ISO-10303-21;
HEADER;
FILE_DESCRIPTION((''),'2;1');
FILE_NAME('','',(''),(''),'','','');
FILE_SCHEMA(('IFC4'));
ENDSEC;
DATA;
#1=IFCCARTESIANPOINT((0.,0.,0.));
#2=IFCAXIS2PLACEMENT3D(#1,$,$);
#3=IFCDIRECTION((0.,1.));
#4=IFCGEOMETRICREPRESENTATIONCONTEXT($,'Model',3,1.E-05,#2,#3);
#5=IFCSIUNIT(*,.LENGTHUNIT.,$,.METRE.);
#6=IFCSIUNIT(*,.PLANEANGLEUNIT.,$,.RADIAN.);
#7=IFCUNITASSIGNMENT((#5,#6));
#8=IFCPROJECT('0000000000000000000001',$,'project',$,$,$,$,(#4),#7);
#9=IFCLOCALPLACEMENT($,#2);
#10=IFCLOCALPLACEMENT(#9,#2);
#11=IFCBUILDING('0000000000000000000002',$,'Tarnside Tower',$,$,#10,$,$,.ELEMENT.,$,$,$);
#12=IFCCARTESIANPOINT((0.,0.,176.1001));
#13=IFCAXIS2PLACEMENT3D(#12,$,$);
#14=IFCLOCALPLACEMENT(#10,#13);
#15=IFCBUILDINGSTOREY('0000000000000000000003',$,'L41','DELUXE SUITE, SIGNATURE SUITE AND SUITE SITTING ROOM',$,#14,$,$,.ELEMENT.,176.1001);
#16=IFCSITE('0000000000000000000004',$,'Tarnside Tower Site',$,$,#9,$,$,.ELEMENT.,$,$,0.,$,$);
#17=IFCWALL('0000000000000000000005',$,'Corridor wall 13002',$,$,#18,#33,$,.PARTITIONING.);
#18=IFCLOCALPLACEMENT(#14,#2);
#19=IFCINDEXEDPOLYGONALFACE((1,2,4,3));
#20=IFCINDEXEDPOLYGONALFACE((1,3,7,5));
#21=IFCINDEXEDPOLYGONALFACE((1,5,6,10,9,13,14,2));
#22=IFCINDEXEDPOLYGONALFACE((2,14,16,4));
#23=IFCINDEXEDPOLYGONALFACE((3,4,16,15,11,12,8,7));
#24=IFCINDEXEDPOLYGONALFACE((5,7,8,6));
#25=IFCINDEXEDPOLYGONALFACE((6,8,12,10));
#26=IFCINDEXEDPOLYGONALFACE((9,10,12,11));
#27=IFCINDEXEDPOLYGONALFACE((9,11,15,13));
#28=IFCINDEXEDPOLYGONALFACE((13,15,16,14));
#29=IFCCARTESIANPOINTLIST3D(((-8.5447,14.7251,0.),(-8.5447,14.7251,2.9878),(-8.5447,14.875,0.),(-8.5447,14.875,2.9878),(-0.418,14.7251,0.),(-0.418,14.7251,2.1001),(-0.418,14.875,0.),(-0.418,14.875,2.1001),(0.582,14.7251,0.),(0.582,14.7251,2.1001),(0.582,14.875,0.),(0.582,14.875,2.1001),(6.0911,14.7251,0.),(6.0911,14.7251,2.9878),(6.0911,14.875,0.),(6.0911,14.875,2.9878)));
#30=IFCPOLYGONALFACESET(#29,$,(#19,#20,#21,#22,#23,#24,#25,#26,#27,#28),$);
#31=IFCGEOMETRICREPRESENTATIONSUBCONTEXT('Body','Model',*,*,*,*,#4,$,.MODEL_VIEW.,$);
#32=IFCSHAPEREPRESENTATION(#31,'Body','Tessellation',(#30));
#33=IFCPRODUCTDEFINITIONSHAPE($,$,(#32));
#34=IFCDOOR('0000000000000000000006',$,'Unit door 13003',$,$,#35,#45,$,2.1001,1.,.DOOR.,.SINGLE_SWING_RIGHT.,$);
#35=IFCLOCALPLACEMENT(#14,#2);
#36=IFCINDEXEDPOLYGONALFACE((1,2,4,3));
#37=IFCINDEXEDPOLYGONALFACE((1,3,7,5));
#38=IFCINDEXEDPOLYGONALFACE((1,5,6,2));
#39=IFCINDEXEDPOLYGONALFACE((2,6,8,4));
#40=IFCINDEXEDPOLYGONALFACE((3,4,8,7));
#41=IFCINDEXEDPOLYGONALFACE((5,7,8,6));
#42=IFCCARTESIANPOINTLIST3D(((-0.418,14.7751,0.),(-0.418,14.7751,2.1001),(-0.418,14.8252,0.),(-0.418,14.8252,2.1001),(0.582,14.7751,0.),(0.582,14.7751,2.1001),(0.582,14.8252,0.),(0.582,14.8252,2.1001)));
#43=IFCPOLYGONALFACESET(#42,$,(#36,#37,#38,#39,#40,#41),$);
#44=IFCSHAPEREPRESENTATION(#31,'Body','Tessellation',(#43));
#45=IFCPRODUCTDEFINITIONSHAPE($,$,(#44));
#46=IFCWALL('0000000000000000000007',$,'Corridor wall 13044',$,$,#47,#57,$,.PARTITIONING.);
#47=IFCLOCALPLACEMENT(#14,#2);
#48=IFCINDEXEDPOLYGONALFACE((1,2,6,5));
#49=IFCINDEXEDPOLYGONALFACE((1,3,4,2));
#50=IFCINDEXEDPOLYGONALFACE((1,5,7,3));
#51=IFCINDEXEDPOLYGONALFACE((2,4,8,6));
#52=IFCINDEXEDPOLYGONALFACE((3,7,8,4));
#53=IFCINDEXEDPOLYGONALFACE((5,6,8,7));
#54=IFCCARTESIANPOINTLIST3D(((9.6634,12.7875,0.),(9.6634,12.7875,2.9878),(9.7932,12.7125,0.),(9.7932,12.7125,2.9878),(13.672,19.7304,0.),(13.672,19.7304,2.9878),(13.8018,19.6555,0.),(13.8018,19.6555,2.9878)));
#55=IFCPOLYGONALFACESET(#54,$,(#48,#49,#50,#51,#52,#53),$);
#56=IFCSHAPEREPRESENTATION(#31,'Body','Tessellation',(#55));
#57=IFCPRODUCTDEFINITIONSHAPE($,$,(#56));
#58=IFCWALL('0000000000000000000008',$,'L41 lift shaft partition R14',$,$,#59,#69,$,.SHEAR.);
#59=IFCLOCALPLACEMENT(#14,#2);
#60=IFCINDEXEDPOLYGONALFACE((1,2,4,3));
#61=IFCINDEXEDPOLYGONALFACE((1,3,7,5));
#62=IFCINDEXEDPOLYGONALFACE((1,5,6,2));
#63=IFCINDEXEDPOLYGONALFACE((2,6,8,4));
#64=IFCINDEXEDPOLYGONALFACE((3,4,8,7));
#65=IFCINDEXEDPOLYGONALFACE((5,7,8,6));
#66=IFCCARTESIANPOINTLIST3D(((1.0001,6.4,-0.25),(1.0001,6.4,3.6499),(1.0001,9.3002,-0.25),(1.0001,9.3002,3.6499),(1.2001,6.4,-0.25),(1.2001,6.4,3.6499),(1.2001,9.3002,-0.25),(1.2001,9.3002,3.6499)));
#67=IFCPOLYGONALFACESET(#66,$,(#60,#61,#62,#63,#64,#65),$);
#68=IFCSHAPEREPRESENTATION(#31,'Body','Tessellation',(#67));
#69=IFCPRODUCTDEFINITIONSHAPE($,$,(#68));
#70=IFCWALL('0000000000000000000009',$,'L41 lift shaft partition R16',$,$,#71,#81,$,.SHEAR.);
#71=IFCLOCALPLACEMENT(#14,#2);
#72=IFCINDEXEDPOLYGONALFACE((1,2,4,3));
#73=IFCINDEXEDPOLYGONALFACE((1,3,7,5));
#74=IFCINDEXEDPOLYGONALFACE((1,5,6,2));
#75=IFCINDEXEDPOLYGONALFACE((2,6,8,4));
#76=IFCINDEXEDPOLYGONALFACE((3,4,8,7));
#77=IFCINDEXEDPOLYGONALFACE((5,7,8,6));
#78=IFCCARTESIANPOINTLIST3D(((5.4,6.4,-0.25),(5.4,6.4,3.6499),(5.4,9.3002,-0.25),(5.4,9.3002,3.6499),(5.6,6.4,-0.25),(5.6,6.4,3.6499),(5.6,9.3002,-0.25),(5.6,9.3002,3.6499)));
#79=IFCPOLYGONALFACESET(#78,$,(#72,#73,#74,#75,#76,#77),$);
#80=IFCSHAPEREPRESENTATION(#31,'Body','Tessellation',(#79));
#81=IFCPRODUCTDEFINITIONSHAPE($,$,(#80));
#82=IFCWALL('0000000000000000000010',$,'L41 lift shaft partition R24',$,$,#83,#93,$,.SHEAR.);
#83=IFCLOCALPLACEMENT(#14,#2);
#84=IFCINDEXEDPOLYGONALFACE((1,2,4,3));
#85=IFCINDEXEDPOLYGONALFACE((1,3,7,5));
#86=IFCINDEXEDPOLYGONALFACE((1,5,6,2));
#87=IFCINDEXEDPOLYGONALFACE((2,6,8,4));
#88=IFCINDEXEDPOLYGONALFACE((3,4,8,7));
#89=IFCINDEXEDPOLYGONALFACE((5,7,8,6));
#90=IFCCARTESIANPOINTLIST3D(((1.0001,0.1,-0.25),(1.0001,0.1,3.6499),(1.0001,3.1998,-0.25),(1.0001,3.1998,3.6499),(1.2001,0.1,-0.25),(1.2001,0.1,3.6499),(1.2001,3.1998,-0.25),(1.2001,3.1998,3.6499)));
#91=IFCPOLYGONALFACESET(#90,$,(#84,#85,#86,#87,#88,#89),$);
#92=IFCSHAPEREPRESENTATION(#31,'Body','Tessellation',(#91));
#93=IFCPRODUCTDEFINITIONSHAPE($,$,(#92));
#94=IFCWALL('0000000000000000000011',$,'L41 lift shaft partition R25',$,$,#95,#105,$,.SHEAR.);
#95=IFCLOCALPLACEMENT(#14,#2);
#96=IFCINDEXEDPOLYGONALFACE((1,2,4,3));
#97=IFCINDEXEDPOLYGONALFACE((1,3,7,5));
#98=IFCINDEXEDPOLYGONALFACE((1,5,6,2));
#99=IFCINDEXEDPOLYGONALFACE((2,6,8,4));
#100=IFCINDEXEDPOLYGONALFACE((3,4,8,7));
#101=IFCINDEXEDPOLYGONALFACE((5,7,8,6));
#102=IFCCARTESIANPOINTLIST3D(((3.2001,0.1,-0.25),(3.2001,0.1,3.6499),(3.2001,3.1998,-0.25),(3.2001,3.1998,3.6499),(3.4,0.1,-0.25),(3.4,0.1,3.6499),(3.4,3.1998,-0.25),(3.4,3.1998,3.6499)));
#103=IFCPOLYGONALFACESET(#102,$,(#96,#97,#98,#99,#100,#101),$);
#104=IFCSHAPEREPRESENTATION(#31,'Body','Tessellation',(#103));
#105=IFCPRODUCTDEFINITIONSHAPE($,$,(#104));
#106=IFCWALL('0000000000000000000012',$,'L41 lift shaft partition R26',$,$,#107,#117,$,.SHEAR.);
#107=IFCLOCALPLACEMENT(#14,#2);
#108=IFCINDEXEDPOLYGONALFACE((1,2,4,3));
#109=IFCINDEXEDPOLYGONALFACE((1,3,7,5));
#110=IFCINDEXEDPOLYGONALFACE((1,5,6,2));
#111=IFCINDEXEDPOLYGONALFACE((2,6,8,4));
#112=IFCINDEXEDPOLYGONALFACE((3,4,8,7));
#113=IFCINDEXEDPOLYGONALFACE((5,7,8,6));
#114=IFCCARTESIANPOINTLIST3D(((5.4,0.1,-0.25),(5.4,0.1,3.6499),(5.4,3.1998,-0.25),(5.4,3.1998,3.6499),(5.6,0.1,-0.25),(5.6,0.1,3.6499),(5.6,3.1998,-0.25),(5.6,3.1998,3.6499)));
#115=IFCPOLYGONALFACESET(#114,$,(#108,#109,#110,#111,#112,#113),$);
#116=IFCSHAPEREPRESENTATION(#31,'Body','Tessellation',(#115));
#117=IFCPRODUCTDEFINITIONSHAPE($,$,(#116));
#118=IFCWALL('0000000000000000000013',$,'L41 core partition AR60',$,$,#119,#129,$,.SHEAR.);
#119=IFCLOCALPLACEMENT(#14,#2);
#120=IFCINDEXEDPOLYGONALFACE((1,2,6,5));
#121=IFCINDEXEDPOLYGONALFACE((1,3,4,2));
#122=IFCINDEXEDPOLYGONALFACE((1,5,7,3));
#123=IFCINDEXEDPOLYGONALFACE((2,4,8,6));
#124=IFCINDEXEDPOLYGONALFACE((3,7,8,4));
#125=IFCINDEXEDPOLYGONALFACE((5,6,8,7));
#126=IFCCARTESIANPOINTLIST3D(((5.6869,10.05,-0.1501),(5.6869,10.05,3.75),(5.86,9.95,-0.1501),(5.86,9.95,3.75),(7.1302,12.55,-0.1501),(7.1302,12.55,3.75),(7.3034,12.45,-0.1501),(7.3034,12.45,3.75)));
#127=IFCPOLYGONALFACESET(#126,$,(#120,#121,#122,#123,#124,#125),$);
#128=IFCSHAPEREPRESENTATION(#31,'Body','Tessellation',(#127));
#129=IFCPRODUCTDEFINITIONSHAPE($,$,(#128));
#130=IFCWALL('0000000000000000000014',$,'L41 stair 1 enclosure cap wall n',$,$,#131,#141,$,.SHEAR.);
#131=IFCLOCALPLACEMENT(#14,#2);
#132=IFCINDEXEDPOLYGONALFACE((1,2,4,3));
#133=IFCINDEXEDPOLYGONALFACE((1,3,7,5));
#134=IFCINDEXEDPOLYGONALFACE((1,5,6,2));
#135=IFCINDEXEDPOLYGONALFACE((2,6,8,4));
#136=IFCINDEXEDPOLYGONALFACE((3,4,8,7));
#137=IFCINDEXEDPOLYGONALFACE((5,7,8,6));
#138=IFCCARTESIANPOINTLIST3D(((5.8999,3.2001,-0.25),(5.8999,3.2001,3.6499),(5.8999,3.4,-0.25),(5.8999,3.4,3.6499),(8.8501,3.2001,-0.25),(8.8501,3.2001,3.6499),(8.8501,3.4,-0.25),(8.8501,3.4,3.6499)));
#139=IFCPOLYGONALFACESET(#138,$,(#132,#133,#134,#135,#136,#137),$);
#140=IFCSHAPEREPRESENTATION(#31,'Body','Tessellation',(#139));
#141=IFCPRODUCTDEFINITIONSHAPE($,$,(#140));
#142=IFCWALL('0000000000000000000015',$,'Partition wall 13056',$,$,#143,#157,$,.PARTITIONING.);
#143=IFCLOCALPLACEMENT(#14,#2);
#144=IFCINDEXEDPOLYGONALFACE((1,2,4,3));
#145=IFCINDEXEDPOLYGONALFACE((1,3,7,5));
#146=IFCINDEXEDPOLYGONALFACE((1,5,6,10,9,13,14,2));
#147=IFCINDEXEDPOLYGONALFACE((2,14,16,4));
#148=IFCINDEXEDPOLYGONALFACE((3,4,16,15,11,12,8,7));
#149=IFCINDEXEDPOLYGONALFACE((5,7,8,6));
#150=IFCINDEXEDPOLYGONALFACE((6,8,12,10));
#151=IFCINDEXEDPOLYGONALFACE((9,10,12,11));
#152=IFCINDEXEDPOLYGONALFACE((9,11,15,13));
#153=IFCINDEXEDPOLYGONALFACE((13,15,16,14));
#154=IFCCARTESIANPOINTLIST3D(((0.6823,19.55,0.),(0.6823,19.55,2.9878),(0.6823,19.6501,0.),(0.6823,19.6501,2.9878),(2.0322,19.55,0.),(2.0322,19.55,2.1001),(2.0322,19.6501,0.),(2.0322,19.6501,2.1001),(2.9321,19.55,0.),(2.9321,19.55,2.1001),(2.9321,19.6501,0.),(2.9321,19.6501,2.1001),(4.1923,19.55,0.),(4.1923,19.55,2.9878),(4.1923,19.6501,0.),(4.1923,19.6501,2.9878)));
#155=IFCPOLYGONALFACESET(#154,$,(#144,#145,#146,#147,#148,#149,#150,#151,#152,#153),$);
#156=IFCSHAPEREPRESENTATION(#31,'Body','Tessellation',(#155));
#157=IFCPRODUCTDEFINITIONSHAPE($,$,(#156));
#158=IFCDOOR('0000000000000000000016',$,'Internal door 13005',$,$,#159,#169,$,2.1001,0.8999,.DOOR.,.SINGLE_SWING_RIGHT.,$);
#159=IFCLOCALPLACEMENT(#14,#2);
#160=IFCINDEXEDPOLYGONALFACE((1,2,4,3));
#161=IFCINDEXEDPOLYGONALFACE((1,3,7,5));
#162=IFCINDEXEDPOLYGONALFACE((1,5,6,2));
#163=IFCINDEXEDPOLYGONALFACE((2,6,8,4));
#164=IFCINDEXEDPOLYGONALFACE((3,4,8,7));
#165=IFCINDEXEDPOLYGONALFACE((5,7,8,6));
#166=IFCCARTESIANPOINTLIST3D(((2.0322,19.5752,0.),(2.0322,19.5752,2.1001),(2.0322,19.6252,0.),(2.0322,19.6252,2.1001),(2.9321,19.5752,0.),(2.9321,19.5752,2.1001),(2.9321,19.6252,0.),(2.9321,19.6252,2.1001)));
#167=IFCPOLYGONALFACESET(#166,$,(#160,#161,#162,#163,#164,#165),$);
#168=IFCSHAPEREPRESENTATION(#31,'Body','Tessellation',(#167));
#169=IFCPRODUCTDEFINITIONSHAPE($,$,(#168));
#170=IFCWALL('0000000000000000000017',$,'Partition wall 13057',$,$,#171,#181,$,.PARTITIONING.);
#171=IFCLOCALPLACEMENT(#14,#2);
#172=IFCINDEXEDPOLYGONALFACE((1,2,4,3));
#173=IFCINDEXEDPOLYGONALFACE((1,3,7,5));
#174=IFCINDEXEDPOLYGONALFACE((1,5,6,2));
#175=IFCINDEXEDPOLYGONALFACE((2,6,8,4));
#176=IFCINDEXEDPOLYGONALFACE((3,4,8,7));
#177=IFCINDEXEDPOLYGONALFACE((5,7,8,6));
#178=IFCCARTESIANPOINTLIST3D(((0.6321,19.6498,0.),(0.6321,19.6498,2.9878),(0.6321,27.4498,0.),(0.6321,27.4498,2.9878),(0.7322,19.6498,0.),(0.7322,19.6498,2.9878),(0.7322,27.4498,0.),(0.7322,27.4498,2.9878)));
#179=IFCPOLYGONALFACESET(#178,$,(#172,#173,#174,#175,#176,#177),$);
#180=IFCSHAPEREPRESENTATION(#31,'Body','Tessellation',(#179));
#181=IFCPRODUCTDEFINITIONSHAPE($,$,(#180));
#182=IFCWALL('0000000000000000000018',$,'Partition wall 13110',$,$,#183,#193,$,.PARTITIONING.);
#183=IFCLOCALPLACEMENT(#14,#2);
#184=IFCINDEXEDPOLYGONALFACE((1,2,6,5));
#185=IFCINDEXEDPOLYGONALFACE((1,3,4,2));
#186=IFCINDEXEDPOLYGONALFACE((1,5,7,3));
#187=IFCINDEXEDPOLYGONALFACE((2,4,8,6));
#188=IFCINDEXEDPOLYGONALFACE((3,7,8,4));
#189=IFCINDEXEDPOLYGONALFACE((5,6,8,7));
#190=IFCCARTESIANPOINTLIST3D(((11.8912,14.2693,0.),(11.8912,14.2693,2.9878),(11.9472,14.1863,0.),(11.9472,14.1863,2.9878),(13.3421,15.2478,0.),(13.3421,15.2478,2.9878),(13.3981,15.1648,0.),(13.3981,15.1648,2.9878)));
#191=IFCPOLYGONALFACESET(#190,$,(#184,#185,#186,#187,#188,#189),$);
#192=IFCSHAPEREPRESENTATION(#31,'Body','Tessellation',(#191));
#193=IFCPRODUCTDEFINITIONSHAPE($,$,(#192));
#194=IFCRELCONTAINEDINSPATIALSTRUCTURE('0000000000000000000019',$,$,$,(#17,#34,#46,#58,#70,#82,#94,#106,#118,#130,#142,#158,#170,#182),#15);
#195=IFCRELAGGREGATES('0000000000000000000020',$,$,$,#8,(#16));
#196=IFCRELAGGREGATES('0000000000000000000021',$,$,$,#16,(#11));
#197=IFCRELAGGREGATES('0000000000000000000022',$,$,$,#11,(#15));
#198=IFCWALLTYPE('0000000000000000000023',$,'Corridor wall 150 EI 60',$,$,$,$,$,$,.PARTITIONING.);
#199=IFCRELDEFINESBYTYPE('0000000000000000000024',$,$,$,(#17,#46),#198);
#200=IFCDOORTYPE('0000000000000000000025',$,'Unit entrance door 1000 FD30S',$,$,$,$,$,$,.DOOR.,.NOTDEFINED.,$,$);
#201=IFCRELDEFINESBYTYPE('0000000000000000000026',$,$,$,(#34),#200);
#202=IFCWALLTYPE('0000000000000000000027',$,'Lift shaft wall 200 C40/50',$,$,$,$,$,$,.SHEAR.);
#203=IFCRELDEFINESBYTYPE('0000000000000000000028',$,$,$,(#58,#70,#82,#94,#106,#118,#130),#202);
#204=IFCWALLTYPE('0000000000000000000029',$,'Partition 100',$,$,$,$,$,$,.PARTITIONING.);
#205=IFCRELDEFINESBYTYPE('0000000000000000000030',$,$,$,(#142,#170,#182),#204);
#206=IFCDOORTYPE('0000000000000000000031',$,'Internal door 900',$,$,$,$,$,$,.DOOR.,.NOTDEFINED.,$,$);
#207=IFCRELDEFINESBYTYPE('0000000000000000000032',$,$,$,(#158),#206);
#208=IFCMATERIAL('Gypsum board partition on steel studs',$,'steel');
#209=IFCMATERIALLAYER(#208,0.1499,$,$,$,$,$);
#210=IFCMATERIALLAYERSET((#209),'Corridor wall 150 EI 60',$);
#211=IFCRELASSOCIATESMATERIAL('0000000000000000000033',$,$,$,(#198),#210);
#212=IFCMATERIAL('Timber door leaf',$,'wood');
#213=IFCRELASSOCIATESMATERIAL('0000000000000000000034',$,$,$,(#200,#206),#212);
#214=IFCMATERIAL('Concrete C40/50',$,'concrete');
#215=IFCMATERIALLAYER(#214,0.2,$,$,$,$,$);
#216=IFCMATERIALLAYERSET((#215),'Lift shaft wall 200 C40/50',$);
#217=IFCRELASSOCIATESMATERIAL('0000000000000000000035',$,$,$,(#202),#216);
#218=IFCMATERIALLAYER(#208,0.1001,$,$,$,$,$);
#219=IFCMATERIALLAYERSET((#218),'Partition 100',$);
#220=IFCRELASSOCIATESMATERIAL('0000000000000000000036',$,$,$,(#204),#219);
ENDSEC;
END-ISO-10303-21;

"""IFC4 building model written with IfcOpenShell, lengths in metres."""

from ifc_helpers import new_model, si_unit, direction, frame, frame_2d, origin, place, context, subcontext, project, spatial, rectangle, extrude, material, layer, layer_set, type_object, element, fill, save


model = new_model("IFC4")

# Units and contexts
model_context = context("Model", 3, precision=1e-05, world=origin(), true_north=direction((0.0, 1.0)))
body_context = subcontext(model_context, "Body", "Model", "MODEL_VIEW")
ifc_project = project(units=[si_unit("LENGTHUNIT", "METRE"), si_unit("PLANEANGLEUNIT", "RADIAN")], contexts=[model_context])

# Site, building, storey
site_placement = place(None, origin())
site = spatial("IfcSite", under=ifc_project, at=site_placement, Name="Tarnside Tower Site", CompositionType="ELEMENT", RefElevation=0.0)
building_placement = place(site_placement, origin())
building = spatial("IfcBuilding", under=site, at=building_placement, Name="Tarnside Tower", CompositionType="ELEMENT")
storey_placement = place(building_placement, frame((0.0, 0.0, 176.1001)))
storey = spatial("IfcBuildingStorey", under=building, at=storey_placement, Name="L41", Description="DELUXE SUITE, SIGNATURE SUITE AND SUITE SITTING ROOM", CompositionType="ELEMENT", Elevation=176.1001)

# Shared definitions
ifc_material_1 = material(Name="Gypsum board partition on steel studs", Category="steel")
ifc_material_2 = material(Name="Timber door leaf", Category="wood")

# Wall, opening, door
ifc_layer_1 = layer(ifc_material_1, 0.1499)
ifc_layer_set_1 = layer_set([ifc_layer_1], Name="Corridor wall 150 EI 60")
wall_type_1 = type_object("IfcWallType", Name="Corridor wall 150 EI 60", PredefinedType="PARTITIONING", material=ifc_layer_set_1)
wall_1_placement = place(storey_placement, frame((6.0911, 14.8, 0.0), z_axis=(0.0, 0.0, 1.0), x_axis=(-1.0, 0.0, 0.0)))
wall_1 = element("IfcWall", 1, at=wall_1_placement, inside=storey, type_object=wall_type_1, Name="Corridor wall 13002", PredefinedType="PARTITIONING", context=body_context, shape_type="SweptSolid", body=[
    extrude(rectangle(XDim=14.6357, YDim=0.1499, at=frame_2d((7.3179, 0.0))), origin(), (0.0, 0.0, 1.0), 2.9878),
])
opening_1_placement = place(wall_1_placement, frame((5.509, 0.0, 0.0)))
opening_1 = element("IfcOpeningElement", 2, at=opening_1_placement, cuts=wall_1, PredefinedType="OPENING", context=body_context, shape_type="SweptSolid", body=[
    extrude(rectangle(XDim=1.0, YDim=2.1001, at=frame_2d((0.5, 1.05))), frame((0.0, 0.085, 0.0), z_axis=(0.0, -1.0, 0.0), x_axis=(1.0, 0.0, 0.0)), (0.0, 0.0, 1.0), 0.1699),
])
door_type_1 = type_object("IfcDoorType", Name="Unit entrance door 1000 FD30S", OperationType="NOTDEFINED", PredefinedType="DOOR", material=ifc_material_2)
door_1_placement = place(opening_1_placement, origin())
door_1 = element("IfcDoor", 3, at=door_1_placement, inside=storey, type_object=door_type_1, Name="Unit door 13003", OperationType="SINGLE_SWING_RIGHT", OverallHeight=2.1001, OverallWidth=1.0, PredefinedType="DOOR", context=body_context, shape_type="SweptSolid", body=[
    extrude(rectangle(XDim=1.0, YDim=2.1001, at=frame_2d((0.5, 1.05))), frame((0.0, 0.0249, 0.0), z_axis=(0.0, -1.0, 0.0), x_axis=(1.0, 0.0, 0.0)), (0.0, 0.0, 1.0), 0.05),
])
fill(opening_1, door_1)

# Walls
wall_2_placement = place(storey_placement, frame((9.7283, 12.75, 0.0), z_axis=(0.0, 0.0, 1.0), x_axis=(0.500007, 0.866021, 0.0)))
element("IfcWall", 4, at=wall_2_placement, inside=storey, type_object=wall_type_1, Name="Corridor wall 13044", PredefinedType="PARTITIONING", context=body_context, shape_type="SweptSolid", body=[
    extrude(rectangle(XDim=8.0171, YDim=0.1499, at=frame_2d((4.0085, 0.0))), origin(), (0.0, 0.0, 1.0), 2.9878),
])
ifc_material_3 = material(Name="Concrete C40/50", Category="concrete")
ifc_layer_2 = layer(ifc_material_3, 0.2)
ifc_layer_set_2 = layer_set([ifc_layer_2], Name="Lift shaft wall 200 C40/50")
wall_type_2 = type_object("IfcWallType", Name="Lift shaft wall 200 C40/50", PredefinedType="SHEAR", material=ifc_layer_set_2)
for number, where, z_axis, x_axis, name in (
    (5, (1.1001, 6.3999, -0.25), (0.0, 0.0, 1.0), (0.0, 1.0, 0.0), "L41 lift shaft partition R14"),
    (6, (5.5, 6.3999, -0.25), (0.0, 0.0, 1.0), (0.0, 1.0, 0.0), "L41 lift shaft partition R16"),
):
    element("IfcWall", number, at=place(storey_placement, frame(where, z_axis=z_axis, x_axis=x_axis)), inside=storey, type_object=wall_type_2, Name=name, PredefinedType="SHEAR", context=body_context, shape_type="SweptSolid", body=[
        extrude(rectangle(XDim=2.9001, YDim=0.2, at=frame_2d((1.4502, 0.0))), origin(), (0.0, 0.0, 1.0), 3.8999),
    ])
for number, where, z_axis, x_axis, name in (
    (7, (1.1001, 0.1001, -0.25), (0.0, 0.0, 1.0), (0.0, 1.0, 0.0), "L41 lift shaft partition R24"),
    (8, (3.3, 0.1001, -0.25), (0.0, 0.0, 1.0), (0.0, 1.0, 0.0), "L41 lift shaft partition R25"),
    (9, (5.5, 0.1001, -0.25), (0.0, 0.0, 1.0), (0.0, 1.0, 0.0), "L41 lift shaft partition R26"),
):
    element("IfcWall", number, at=place(storey_placement, frame(where, z_axis=z_axis, x_axis=x_axis)), inside=storey, type_object=wall_type_2, Name=name, PredefinedType="SHEAR", context=body_context, shape_type="SweptSolid", body=[
        extrude(rectangle(XDim=3.0999, YDim=0.2, at=frame_2d((1.5498, 0.0))), origin(), (0.0, 0.0, 1.0), 3.8999),
    ])
wall_3_placement = place(storey_placement, frame((5.7734, 10.0, -0.1501), z_axis=(0.0, 0.0, 1.0), x_axis=(0.499996, 0.866028, 0.0)))
element("IfcWall", 10, at=wall_3_placement, inside=storey, type_object=wall_type_2, Name="L41 core partition AR60", PredefinedType="SHEAR", context=body_context, shape_type="SweptSolid", body=[
    extrude(rectangle(XDim=2.8867, YDim=0.2, at=frame_2d((1.4434, 0.0))), origin(), (0.0, 0.0, 1.0), 3.9001),
])
wall_4_placement = place(storey_placement, frame((5.8999, 3.3, -0.25), z_axis=(0.0, 0.0, 1.0), x_axis=(1.0, 0.0, 0.0)))
element("IfcWall", 11, at=wall_4_placement, inside=storey, type_object=wall_type_2, Name="L41 stair 1 enclosure cap wall n", PredefinedType="SHEAR", context=body_context, shape_type="SweptSolid", body=[
    extrude(rectangle(XDim=2.9502, YDim=0.2, at=frame_2d((1.4751, 0.0))), origin(), (0.0, 0.0, 1.0), 3.8999),
])

# Wall, opening, door
ifc_layer_3 = layer(ifc_material_1, 0.1001)
ifc_layer_set_3 = layer_set([ifc_layer_3], Name="Partition 100")
wall_type_3 = type_object("IfcWallType", Name="Partition 100", PredefinedType="PARTITIONING", material=ifc_layer_set_3)
wall_5_placement = place(storey_placement, frame((4.1921, 19.6001, 0.0), z_axis=(0.0, 0.0, 1.0), x_axis=(-1.0, 0.0, 0.0)))
wall_5 = element("IfcWall", 12, at=wall_5_placement, inside=storey, type_object=wall_type_3, Name="Partition wall 13056", PredefinedType="PARTITIONING", context=body_context, shape_type="SweptSolid", body=[
    extrude(rectangle(XDim=3.51, YDim=0.1001, at=frame_2d((1.7549, 0.0))), origin(), (0.0, 0.0, 1.0), 2.9878),
])
opening_2_placement = place(wall_5_placement, frame((1.26, 0.0, 0.0)))
opening_2 = element("IfcOpeningElement", 13, at=opening_2_placement, cuts=wall_5, PredefinedType="OPENING", context=body_context, shape_type="SweptSolid", body=[
    extrude(rectangle(XDim=0.8999, YDim=2.1001, at=frame_2d((0.45, 1.05))), frame((0.0, 0.0601, 0.0), z_axis=(0.0, -1.0, 0.0), x_axis=(1.0, 0.0, 0.0)), (0.0, 0.0, 1.0), 0.1201),
])
door_type_2 = type_object("IfcDoorType", Name="Internal door 900", OperationType="NOTDEFINED", PredefinedType="DOOR", material=ifc_material_2)
door_2_placement = place(opening_2_placement, origin())
door_2 = element("IfcDoor", 14, at=door_2_placement, inside=storey, type_object=door_type_2, Name="Internal door 13005", OperationType="SINGLE_SWING_RIGHT", OverallHeight=2.1001, OverallWidth=0.8999, PredefinedType="DOOR", context=body_context, shape_type="SweptSolid", body=[
    extrude(rectangle(XDim=0.8999, YDim=2.1001, at=frame_2d((0.45, 1.05))), frame((0.0, 0.0249, 0.0), z_axis=(0.0, -1.0, 0.0), x_axis=(1.0, 0.0, 0.0)), (0.0, 0.0, 1.0), 0.05),
])
fill(opening_2, door_2)

# Walls
wall_6_placement = place(storey_placement, frame((0.6821, 19.6499, 0.0), z_axis=(0.0, 0.0, 1.0), x_axis=(0.0, 1.0, 0.0)))
element("IfcWall", 15, at=wall_6_placement, inside=storey, type_object=wall_type_3, Name="Partition wall 13057", PredefinedType="PARTITIONING", context=body_context, shape_type="SweptSolid", body=[
    extrude(rectangle(XDim=7.8, YDim=0.1001, at=frame_2d((3.8999, 0.0))), origin(), (0.0, 0.0, 1.0), 2.9878),
])
wall_7_placement = place(storey_placement, frame((11.9192, 14.2278, 0.0), z_axis=(0.0, 0.0, 1.0), x_axis=(0.829077, 0.559135, 0.0)))
element("IfcWall", 16, at=wall_7_placement, inside=storey, type_object=wall_type_3, Name="Partition wall 13110", PredefinedType="PARTITIONING", context=body_context, shape_type="SweptSolid", body=[
    extrude(rectangle(XDim=1.75, YDim=0.1001, at=frame_2d((0.875, 0.0))), origin(), (0.0, 0.0, 1.0), 2.9878),
])

save(model, "model.ifc")
